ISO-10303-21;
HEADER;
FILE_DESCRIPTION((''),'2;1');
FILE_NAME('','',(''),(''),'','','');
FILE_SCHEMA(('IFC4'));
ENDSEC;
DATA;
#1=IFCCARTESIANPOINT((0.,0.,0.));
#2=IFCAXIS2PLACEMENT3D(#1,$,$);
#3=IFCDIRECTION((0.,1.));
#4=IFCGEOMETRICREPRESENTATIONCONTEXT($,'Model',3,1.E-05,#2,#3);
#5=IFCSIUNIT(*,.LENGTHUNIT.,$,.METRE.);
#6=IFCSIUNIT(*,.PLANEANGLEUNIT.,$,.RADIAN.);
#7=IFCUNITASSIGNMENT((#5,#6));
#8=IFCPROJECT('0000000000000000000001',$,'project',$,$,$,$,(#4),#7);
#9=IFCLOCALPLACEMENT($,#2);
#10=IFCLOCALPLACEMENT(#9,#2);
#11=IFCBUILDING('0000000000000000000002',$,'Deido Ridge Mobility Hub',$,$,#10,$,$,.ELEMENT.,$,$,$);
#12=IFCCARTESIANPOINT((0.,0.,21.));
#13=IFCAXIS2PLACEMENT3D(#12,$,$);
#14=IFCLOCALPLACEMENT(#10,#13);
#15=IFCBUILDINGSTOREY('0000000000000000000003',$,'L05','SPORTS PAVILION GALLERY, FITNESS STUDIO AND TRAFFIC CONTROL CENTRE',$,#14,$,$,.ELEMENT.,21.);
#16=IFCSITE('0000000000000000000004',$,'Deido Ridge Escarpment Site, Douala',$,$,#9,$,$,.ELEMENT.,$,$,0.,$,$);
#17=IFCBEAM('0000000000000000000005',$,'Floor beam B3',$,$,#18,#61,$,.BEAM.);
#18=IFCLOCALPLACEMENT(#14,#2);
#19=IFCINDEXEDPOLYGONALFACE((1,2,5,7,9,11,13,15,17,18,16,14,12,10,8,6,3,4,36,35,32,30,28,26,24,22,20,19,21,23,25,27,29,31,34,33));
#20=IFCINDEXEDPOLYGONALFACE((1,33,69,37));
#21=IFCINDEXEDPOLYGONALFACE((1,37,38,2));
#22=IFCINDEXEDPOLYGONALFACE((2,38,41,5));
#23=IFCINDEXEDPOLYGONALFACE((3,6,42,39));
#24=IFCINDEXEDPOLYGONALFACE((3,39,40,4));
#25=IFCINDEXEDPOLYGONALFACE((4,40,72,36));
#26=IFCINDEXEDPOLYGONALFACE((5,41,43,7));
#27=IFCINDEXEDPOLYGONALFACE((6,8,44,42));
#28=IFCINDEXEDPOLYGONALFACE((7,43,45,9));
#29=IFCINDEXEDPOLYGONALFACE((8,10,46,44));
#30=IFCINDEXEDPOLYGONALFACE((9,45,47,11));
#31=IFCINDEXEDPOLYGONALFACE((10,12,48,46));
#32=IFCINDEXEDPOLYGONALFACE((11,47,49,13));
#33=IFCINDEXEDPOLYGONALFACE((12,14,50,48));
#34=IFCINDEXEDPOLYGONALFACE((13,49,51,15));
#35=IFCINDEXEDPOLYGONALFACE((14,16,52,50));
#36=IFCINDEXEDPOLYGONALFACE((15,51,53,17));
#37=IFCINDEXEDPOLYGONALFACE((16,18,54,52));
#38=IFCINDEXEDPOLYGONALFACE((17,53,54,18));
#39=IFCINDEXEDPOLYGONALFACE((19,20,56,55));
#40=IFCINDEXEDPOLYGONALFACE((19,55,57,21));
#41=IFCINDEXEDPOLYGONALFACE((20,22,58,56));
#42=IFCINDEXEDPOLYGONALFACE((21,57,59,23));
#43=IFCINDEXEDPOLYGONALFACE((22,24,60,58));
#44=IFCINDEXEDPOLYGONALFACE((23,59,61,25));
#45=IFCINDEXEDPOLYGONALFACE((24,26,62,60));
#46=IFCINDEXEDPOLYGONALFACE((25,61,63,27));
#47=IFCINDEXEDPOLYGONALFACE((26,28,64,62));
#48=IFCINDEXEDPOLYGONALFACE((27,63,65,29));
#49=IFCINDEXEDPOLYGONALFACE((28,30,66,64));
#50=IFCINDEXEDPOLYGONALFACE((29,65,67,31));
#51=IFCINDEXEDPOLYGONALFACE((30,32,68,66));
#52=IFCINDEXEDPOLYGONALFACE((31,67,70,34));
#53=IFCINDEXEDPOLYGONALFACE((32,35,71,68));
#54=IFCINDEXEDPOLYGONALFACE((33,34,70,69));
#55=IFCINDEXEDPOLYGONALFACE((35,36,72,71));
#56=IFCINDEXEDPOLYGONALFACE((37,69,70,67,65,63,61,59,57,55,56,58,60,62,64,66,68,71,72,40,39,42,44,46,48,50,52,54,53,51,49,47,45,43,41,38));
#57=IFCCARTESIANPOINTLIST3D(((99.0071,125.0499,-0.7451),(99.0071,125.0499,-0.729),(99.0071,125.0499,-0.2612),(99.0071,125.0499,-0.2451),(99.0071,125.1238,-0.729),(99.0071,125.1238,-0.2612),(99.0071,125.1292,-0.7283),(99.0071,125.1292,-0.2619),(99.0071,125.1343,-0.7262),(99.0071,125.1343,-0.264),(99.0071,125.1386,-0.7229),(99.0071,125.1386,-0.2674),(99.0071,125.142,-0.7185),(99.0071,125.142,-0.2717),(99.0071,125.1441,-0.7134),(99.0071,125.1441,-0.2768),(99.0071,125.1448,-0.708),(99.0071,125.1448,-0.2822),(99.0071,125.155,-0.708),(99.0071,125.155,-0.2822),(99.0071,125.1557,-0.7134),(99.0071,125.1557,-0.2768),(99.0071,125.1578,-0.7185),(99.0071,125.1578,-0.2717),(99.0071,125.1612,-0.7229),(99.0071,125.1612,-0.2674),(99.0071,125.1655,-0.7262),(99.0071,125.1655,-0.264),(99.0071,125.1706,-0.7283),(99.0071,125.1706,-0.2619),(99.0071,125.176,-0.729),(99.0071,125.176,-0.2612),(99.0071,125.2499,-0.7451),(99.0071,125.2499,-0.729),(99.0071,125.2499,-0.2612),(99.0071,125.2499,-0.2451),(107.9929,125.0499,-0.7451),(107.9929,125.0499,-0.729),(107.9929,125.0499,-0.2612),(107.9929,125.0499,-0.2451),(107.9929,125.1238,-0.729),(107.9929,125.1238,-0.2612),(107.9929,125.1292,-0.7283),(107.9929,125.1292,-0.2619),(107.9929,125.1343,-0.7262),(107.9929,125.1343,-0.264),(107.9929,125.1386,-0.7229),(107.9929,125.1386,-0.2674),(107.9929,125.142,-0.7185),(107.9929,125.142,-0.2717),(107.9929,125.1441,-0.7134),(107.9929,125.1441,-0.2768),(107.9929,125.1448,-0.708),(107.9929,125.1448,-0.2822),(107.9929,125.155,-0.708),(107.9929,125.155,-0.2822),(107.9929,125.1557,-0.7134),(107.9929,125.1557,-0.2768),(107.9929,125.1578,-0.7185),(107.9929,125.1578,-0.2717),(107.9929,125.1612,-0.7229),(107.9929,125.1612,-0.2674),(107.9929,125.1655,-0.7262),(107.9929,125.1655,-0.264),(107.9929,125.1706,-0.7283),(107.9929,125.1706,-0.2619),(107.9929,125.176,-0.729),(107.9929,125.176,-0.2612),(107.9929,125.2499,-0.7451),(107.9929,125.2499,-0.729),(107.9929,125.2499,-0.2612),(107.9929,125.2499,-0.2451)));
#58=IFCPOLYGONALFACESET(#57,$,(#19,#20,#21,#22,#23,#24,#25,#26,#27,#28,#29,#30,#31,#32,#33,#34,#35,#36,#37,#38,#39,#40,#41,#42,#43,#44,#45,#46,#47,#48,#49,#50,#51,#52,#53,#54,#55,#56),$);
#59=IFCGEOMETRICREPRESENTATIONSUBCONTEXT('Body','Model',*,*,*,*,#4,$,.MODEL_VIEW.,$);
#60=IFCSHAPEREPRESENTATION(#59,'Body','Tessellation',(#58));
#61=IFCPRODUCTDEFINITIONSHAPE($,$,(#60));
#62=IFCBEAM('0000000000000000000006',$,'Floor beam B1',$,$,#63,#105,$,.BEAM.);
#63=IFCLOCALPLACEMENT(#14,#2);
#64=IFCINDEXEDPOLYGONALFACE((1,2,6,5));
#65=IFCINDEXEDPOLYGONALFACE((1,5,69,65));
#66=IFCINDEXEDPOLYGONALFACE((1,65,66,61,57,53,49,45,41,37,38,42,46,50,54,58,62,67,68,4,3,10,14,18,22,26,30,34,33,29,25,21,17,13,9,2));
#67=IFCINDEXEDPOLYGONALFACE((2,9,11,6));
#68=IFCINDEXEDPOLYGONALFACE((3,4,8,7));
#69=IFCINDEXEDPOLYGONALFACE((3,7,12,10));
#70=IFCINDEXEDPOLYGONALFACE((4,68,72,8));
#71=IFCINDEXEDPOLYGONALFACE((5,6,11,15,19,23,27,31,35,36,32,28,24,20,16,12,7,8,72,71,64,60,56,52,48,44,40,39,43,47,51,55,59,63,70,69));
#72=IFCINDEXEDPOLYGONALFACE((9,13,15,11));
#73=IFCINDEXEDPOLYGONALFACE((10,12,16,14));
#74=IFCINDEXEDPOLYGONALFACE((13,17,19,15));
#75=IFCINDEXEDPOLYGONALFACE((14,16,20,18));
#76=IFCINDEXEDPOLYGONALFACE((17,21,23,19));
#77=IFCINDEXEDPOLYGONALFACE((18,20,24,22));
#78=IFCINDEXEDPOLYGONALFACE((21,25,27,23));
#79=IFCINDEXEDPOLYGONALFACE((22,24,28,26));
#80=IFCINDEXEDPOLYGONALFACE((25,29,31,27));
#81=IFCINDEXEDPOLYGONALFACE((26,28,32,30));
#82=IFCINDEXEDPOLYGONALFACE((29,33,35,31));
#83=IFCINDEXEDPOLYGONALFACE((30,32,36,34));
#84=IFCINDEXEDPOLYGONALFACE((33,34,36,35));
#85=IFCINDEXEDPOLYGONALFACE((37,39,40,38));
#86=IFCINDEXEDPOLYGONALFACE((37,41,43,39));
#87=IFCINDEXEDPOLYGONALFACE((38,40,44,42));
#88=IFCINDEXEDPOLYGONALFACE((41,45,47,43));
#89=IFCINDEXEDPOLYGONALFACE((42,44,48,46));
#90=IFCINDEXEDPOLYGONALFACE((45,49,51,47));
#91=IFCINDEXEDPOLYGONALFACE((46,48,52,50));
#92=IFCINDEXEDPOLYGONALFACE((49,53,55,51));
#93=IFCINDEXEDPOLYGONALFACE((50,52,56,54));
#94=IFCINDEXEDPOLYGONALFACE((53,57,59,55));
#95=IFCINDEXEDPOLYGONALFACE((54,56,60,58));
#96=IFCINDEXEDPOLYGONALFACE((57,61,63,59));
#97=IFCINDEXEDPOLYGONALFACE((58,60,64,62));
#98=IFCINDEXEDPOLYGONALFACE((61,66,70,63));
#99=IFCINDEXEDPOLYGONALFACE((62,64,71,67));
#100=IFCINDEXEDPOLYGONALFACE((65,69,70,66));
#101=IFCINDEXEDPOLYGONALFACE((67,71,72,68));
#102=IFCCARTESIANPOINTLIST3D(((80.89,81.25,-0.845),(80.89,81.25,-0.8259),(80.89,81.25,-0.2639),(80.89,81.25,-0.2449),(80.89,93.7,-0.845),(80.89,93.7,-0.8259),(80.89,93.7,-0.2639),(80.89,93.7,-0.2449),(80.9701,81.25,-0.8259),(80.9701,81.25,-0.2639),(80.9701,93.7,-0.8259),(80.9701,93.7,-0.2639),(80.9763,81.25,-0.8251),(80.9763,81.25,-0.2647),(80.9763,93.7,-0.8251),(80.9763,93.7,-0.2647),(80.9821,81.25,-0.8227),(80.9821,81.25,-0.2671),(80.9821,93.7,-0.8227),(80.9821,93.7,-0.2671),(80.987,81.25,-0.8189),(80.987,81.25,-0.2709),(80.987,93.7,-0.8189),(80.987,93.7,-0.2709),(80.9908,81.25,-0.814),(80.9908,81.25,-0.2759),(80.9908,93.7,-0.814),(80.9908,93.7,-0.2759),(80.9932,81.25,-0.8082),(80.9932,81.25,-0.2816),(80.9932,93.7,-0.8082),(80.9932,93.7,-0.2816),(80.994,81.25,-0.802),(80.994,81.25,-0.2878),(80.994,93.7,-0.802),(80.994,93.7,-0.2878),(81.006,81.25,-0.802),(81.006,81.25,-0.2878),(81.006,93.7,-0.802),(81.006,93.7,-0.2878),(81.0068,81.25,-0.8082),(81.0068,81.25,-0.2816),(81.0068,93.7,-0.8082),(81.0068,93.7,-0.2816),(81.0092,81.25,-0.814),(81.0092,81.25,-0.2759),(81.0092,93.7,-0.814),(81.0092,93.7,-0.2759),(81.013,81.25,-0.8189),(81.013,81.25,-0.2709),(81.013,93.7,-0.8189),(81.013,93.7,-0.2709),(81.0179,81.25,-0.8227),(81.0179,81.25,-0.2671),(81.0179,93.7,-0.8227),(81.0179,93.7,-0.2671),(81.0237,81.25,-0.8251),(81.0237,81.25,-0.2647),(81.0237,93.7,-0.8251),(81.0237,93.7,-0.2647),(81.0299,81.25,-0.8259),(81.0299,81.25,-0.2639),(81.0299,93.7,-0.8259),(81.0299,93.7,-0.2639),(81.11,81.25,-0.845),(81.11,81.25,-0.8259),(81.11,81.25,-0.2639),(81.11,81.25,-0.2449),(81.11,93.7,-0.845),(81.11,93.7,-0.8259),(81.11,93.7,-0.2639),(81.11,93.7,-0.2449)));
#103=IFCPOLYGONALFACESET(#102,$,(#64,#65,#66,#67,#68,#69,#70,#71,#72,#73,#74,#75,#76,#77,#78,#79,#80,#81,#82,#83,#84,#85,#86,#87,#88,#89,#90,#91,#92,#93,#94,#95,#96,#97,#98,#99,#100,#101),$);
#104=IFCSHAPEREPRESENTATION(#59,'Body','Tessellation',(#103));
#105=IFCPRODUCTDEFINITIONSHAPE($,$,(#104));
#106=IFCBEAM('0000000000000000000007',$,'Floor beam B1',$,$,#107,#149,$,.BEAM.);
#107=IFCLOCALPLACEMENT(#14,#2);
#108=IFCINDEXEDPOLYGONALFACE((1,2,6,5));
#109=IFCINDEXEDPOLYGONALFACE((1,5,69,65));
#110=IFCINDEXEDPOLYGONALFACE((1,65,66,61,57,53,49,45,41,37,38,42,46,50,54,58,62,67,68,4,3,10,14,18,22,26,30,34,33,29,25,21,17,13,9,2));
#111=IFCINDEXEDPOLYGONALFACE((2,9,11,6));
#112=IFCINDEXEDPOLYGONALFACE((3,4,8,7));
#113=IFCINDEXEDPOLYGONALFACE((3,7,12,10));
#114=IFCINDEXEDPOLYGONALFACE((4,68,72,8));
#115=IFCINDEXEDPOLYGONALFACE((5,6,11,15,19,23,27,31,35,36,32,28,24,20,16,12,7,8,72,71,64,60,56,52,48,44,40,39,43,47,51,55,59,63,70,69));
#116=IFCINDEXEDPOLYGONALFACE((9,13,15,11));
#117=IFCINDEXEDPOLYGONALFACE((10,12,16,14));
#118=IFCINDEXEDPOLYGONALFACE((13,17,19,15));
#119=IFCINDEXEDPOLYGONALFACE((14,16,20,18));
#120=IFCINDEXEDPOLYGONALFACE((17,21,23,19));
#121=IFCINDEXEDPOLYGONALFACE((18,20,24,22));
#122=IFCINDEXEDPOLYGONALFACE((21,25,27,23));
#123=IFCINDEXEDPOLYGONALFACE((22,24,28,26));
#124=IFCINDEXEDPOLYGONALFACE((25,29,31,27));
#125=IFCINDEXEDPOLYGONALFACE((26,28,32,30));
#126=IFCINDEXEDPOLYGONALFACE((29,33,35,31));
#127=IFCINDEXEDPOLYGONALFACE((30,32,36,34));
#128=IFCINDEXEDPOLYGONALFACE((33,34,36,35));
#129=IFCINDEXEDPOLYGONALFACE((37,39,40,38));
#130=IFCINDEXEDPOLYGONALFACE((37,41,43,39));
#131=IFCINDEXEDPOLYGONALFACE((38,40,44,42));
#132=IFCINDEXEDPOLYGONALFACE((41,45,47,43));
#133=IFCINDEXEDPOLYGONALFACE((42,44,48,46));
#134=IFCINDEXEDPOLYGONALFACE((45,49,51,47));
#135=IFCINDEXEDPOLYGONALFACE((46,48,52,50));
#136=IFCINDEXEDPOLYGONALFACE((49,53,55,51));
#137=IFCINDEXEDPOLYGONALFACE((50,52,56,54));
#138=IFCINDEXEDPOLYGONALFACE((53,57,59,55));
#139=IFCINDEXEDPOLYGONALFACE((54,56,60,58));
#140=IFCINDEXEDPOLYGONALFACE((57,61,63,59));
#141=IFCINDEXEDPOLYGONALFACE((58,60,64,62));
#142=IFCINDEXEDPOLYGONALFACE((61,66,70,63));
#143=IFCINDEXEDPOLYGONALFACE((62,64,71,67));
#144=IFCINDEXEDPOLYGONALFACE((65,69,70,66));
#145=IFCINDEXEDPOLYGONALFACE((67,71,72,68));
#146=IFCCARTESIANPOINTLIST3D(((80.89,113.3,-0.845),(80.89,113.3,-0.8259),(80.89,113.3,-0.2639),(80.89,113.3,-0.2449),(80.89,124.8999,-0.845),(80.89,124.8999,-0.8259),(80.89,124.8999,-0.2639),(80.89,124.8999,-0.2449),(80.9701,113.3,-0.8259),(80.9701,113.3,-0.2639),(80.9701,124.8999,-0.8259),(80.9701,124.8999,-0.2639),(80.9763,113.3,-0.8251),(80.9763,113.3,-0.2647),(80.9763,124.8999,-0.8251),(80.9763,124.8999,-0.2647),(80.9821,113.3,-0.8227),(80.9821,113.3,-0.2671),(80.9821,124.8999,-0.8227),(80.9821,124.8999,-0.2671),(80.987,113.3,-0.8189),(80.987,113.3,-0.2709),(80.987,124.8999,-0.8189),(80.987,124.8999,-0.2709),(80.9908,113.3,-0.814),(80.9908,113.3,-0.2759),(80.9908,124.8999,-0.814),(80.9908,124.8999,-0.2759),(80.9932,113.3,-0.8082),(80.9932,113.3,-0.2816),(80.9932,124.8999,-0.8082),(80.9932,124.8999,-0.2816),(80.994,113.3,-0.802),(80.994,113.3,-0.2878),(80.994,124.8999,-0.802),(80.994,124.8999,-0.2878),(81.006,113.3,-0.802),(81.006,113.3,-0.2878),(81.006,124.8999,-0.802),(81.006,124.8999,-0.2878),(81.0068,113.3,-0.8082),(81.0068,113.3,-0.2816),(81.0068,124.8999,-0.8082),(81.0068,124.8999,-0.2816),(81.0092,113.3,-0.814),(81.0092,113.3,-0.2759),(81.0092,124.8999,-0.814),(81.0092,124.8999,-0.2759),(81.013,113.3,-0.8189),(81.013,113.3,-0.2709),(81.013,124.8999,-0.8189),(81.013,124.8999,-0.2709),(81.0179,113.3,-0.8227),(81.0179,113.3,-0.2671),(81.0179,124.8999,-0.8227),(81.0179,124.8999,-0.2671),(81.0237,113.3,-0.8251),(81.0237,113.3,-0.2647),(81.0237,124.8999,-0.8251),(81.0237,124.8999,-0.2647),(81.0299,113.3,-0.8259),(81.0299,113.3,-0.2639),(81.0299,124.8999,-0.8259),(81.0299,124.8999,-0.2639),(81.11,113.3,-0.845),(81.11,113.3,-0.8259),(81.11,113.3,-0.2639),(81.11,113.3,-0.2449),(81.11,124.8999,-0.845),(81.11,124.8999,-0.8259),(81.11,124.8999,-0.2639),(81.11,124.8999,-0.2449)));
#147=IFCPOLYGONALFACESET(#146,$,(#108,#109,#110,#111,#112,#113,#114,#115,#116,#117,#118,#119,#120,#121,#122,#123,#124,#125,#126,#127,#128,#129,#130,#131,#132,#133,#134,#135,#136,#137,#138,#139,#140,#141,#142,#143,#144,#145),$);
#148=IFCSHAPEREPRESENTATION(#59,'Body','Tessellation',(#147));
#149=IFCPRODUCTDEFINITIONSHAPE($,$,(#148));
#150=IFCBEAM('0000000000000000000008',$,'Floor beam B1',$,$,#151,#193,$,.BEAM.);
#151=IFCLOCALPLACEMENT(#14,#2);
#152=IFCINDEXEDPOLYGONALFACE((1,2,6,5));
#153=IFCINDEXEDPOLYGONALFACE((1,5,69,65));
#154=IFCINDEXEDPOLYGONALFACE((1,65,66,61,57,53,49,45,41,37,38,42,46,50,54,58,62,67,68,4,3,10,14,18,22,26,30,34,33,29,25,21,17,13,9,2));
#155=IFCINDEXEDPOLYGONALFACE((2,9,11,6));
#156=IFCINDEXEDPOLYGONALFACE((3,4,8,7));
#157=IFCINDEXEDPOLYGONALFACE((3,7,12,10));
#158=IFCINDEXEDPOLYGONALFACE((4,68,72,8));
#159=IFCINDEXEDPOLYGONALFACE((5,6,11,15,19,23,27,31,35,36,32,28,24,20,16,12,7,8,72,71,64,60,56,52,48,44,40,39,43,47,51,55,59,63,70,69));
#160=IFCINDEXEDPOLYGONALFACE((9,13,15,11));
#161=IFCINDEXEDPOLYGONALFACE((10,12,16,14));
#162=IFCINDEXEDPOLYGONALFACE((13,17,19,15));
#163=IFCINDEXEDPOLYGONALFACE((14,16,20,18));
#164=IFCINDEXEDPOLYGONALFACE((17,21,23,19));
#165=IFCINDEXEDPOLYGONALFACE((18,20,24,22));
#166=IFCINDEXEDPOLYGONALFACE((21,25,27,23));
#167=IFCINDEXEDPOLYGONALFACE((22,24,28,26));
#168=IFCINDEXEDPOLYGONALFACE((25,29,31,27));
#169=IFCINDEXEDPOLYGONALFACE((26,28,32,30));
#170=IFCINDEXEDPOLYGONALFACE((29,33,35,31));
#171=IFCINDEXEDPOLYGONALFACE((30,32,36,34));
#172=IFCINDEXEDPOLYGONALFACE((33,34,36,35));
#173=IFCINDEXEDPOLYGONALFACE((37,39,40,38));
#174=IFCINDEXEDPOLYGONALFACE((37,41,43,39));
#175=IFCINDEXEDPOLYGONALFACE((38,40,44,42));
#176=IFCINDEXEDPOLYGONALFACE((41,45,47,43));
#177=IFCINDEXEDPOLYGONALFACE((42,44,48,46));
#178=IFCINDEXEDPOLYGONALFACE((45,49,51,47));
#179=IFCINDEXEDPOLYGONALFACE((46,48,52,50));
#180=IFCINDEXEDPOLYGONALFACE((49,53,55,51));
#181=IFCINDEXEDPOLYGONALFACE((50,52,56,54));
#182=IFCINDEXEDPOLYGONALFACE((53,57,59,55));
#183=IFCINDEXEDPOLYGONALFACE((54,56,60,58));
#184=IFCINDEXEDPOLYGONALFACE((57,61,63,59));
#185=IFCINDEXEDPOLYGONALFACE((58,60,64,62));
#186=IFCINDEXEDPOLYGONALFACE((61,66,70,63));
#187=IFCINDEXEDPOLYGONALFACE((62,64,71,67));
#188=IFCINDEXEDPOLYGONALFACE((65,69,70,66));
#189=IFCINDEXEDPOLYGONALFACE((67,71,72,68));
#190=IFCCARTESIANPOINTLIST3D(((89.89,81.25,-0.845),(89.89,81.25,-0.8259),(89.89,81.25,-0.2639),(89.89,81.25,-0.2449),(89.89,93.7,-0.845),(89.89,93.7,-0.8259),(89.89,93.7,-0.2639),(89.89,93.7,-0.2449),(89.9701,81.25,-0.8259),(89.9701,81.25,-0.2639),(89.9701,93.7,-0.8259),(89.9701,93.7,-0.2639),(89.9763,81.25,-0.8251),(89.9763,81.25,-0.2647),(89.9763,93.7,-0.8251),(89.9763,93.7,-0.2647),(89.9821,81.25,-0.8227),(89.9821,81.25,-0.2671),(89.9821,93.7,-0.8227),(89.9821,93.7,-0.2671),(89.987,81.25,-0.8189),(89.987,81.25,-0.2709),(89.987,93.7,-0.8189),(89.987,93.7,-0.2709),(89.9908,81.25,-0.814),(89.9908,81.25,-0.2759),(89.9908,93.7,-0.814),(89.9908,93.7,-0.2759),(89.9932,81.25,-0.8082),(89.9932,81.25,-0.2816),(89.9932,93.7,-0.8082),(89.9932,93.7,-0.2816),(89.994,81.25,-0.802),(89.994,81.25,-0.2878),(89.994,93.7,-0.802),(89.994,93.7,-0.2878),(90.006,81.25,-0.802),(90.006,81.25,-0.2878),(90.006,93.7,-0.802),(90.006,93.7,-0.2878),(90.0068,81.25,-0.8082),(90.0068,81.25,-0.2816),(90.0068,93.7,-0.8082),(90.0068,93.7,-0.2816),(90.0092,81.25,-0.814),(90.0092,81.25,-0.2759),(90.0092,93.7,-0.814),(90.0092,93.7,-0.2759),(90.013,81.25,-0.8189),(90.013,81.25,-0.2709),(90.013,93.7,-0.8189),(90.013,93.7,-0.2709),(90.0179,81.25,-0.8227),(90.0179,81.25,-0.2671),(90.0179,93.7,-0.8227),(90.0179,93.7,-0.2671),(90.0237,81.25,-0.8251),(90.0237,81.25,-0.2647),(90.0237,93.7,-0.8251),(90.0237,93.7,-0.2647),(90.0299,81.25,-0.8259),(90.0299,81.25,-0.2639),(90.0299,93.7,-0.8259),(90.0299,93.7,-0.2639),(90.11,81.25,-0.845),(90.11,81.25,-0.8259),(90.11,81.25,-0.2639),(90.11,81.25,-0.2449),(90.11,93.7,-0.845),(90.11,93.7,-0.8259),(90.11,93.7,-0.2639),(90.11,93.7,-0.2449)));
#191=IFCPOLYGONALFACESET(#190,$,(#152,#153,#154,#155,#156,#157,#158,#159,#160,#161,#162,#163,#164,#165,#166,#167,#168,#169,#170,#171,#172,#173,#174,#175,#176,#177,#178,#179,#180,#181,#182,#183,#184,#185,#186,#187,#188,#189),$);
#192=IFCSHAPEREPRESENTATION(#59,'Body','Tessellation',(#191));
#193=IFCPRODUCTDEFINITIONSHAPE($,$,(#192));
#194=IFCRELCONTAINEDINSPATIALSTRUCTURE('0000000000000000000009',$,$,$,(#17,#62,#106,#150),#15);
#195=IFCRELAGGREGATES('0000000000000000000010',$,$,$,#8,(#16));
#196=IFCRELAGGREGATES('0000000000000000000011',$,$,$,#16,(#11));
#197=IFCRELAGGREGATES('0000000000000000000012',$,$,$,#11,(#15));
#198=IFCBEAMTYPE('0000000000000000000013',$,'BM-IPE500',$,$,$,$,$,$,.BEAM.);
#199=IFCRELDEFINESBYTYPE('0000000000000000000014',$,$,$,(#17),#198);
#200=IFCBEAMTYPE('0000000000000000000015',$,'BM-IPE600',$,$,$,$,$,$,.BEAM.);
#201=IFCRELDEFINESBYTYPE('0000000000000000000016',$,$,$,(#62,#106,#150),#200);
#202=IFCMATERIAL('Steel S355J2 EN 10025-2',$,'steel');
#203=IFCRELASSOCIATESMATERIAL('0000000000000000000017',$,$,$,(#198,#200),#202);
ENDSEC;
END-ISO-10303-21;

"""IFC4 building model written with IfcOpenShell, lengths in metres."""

from ifc_helpers import new_model, si_unit, direction, frame, origin, origin_2d, place, context, subcontext, project, spatial, i_section, extrude, material, material_profile, profile_set, type_object, element, save


model = new_model("IFC4")

# Units and contexts
model_context = context("Model", 3, precision=1e-05, world=origin(), true_north=direction((0.0, 1.0)))
body_context = subcontext(model_context, "Body", "Model", "MODEL_VIEW")
ifc_project = project(units=[si_unit("LENGTHUNIT", "METRE"), si_unit("PLANEANGLEUNIT", "RADIAN")], contexts=[model_context])

# Site, building, storey
site_placement = place(None, origin())
site = spatial("IfcSite", under=ifc_project, at=site_placement, Name="Deido Ridge Escarpment Site, Douala", CompositionType="ELEMENT", RefElevation=0.0)
building_placement = place(site_placement, origin())
building = spatial("IfcBuilding", under=site, at=building_placement, Name="Deido Ridge Mobility Hub", CompositionType="ELEMENT")
storey_placement = place(building_placement, frame((0.0, 0.0, 21.0)))
storey = spatial("IfcBuildingStorey", under=building, at=storey_placement, Name="L05", Description="SPORTS PAVILION GALLERY, FITNESS STUDIO AND TRAFFIC CONTROL CENTRE", CompositionType="ELEMENT", Elevation=21.0)

# Beams
ifc_material = material(Name="Steel S355J2 EN 10025-2", Category="steel")
ifc_material_profile_1 = material_profile(ifc_material, i_section(OverallWidth=0.2, OverallDepth=0.5, WebThickness=0.0103, FlangeThickness=0.0161, FilletRadius=0.021, at=origin_2d()), Name="IPE 500")
ifc_profile_set_1 = profile_set([ifc_material_profile_1], Name="Steel S355J2 EN 10025-2")
beam_type_1 = type_object("IfcBeamType", Name="BM-IPE500", PredefinedType="BEAM", material=ifc_profile_set_1)
for number, where, z_axis, x_axis, name in (
    (1, (99.0071, 125.1499, -0.4951), (1.0, 0.0, 0.0), (0.0, 1.0, 0.0), "Floor beam B3"),
):
    element("IfcBeam", number, at=place(storey_placement, frame(where, z_axis=z_axis, x_axis=x_axis)), inside=storey, type_object=beam_type_1, Name=name, PredefinedType="BEAM", context=body_context, shape_type="SweptSolid", body=[
        extrude(i_section(OverallWidth=0.2, OverallDepth=0.5, WebThickness=0.0103, FlangeThickness=0.0161, FilletRadius=0.021, at=origin_2d()), origin(), (0.0, 0.0, 1.0), 8.9858),
    ])
ifc_material_profile_2 = material_profile(ifc_material, i_section(OverallWidth=0.22, OverallDepth=0.6001, WebThickness=0.012, FlangeThickness=0.019, FilletRadius=0.0239, at=origin_2d()), Name="IPE 600")
ifc_profile_set_2 = profile_set([ifc_material_profile_2], Name="Steel S355J2 EN 10025-2")
beam_type_2 = type_object("IfcBeamType", Name="BM-IPE600", PredefinedType="BEAM", material=ifc_profile_set_2)
beam_1_placement = place(storey_placement, frame((81.0, 81.25, -0.5449), z_axis=(0.0, 1.0, 0.0), x_axis=(-1.0, 0.0, 0.0)))
element("IfcBeam", 2, at=beam_1_placement, inside=storey, type_object=beam_type_2, Name="Floor beam B1", PredefinedType="BEAM", context=body_context, shape_type="SweptSolid", body=[
    extrude(i_section(OverallWidth=0.22, OverallDepth=0.6001, WebThickness=0.012, FlangeThickness=0.019, FilletRadius=0.0239, at=origin_2d()), origin(), (0.0, 0.0, 1.0), 12.45),
])
beam_2_placement = place(storey_placement, frame((81.0, 113.3, -0.5449), z_axis=(0.0, 1.0, 0.0), x_axis=(-1.0, 0.0, 0.0)))
element("IfcBeam", 3, at=beam_2_placement, inside=storey, type_object=beam_type_2, Name="Floor beam B1", PredefinedType="BEAM", context=body_context, shape_type="SweptSolid", body=[
    extrude(i_section(OverallWidth=0.22, OverallDepth=0.6001, WebThickness=0.012, FlangeThickness=0.019, FilletRadius=0.0239, at=origin_2d()), origin(), (0.0, 0.0, 1.0), 11.5999),
])
beam_3_placement = place(storey_placement, frame((90.0, 81.25, -0.5449), z_axis=(0.0, 1.0, 0.0), x_axis=(-1.0, 0.0, 0.0)))
element("IfcBeam", 4, at=beam_3_placement, inside=storey, type_object=beam_type_2, Name="Floor beam B1", PredefinedType="BEAM", context=body_context, shape_type="SweptSolid", body=[
    extrude(i_section(OverallWidth=0.22, OverallDepth=0.6001, WebThickness=0.012, FlangeThickness=0.019, FilletRadius=0.0239, at=origin_2d()), origin(), (0.0, 0.0, 1.0), 12.45),
])

save(model, "model.ifc")
